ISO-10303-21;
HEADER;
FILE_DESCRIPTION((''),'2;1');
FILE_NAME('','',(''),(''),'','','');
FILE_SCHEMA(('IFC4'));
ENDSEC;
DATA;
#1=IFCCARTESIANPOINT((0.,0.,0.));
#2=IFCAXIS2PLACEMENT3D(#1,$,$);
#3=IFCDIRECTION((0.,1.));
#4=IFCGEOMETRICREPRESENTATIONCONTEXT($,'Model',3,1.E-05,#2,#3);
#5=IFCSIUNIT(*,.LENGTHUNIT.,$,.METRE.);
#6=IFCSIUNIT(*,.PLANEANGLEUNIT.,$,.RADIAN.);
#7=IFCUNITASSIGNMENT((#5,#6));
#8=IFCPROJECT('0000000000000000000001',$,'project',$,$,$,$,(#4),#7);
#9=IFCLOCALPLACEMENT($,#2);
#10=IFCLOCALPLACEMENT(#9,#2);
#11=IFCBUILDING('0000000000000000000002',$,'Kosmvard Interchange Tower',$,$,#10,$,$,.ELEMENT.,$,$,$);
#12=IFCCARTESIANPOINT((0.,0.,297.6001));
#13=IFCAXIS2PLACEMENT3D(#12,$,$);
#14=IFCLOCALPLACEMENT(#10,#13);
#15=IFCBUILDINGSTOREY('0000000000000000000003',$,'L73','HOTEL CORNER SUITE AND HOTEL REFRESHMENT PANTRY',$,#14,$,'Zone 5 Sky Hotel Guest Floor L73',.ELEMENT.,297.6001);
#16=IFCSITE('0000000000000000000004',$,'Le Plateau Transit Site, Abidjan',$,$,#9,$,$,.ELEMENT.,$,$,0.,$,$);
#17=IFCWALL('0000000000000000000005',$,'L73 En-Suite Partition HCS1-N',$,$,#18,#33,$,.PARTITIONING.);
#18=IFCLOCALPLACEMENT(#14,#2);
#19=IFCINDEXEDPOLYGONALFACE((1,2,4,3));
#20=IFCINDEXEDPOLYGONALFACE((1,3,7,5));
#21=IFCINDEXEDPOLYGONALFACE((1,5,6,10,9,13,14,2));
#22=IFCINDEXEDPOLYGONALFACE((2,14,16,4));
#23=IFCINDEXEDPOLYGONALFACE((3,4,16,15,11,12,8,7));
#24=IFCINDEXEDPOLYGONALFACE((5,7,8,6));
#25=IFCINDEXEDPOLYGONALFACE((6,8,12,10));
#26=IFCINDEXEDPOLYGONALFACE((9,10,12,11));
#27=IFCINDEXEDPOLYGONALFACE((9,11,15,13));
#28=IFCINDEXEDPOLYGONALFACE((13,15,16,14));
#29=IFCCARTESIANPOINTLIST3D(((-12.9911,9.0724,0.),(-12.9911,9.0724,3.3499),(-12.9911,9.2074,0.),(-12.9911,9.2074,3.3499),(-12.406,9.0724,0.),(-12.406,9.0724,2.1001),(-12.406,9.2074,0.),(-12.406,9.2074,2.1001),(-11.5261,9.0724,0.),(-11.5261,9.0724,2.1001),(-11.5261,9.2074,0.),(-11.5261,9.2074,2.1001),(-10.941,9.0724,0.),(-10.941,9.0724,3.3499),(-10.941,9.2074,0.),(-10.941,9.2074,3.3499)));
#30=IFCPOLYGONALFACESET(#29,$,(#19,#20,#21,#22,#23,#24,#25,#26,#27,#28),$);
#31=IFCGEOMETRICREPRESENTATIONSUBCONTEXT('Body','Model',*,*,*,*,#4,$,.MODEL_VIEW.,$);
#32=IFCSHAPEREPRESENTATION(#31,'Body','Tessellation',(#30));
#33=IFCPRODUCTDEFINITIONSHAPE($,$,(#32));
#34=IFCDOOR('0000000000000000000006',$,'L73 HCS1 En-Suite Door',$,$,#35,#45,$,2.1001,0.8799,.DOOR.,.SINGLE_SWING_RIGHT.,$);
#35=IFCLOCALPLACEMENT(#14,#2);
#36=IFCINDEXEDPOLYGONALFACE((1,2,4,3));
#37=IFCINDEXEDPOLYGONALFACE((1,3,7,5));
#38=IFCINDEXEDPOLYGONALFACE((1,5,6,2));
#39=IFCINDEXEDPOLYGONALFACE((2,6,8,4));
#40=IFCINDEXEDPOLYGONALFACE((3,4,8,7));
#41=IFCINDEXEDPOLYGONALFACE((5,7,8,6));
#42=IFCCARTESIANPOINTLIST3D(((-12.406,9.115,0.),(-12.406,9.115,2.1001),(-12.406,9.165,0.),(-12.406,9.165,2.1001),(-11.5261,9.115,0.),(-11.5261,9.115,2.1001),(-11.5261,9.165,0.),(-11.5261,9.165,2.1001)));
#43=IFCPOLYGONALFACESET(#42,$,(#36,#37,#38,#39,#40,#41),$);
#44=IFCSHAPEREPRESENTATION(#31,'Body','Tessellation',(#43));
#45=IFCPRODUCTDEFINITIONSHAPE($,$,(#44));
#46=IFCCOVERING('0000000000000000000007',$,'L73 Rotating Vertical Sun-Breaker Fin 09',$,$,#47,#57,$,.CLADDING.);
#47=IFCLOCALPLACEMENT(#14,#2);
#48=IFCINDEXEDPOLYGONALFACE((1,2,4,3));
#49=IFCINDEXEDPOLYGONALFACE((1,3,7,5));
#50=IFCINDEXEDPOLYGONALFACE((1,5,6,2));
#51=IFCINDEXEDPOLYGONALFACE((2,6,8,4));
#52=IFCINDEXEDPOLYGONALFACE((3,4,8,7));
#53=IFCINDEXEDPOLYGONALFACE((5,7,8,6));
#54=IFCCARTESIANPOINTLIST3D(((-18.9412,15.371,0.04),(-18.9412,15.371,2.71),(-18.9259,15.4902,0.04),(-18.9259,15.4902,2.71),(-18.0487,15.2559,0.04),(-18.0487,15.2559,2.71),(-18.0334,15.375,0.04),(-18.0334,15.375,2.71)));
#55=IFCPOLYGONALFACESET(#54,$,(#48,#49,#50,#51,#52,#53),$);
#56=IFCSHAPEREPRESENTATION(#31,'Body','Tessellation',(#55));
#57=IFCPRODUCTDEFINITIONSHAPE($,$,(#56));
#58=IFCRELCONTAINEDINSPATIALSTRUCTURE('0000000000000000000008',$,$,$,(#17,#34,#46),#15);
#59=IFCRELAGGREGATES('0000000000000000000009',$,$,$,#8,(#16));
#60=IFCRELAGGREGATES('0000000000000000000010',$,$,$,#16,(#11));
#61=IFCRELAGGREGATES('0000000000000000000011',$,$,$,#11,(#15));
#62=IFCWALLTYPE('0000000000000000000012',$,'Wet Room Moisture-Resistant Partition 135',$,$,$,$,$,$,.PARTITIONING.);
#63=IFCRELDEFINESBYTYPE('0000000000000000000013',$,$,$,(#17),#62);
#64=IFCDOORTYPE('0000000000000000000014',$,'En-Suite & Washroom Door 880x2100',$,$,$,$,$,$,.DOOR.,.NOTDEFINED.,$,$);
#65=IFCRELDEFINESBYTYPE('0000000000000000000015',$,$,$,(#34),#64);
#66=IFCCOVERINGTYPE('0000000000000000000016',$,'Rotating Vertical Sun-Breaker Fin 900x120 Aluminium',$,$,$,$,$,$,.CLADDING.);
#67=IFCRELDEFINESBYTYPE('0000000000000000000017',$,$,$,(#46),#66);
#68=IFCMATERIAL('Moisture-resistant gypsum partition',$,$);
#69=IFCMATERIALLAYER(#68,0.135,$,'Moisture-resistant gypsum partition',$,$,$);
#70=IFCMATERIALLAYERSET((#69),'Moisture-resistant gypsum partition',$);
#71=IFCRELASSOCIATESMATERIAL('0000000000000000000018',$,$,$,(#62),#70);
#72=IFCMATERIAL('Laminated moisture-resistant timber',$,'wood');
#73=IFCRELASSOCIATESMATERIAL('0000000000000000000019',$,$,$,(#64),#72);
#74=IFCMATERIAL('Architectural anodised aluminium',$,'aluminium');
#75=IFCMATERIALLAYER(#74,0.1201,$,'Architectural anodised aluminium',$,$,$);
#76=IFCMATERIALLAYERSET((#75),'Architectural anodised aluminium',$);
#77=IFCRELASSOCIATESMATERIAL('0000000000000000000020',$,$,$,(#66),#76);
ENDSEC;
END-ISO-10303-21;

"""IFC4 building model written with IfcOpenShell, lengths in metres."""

from ifc_helpers import new_model, si_unit, direction, frame, frame_2d, origin, origin_2d, place, context, subcontext, project, spatial, rectangle, extrude, source, transform, mapped, material, layer, layer_set, type_object, element, fill, save


model = new_model("IFC4")

# Units and contexts
model_context = context("Model", 3, precision=1e-05, world=origin(), true_north=direction((0.0, 1.0)))
body_context = subcontext(model_context, "Body", "Model", "MODEL_VIEW")
ifc_project = project(units=[si_unit("LENGTHUNIT", "METRE"), si_unit("PLANEANGLEUNIT", "RADIAN")], contexts=[model_context])

# Site, building, storey
site_placement = place(None, origin())
site = spatial("IfcSite", under=ifc_project, at=site_placement, Name="Le Plateau Transit Site, Abidjan", CompositionType="ELEMENT", RefElevation=0.0)
building_placement = place(site_placement, origin())
building = spatial("IfcBuilding", under=site, at=building_placement, Name="Kosmvard Interchange Tower", CompositionType="ELEMENT")
storey_placement = place(building_placement, frame((0.0, 0.0, 297.6001)))
storey = spatial("IfcBuildingStorey", under=building, at=storey_placement, Name="L73", Description="HOTEL CORNER SUITE AND HOTEL REFRESHMENT PANTRY", LongName="Zone 5 Sky Hotel Guest Floor L73", CompositionType="ELEMENT", Elevation=297.6001)

# Wall, opening, door
ifc_material_1 = material(Name="Moisture-resistant gypsum partition")
ifc_layer_1 = layer(ifc_material_1, 0.135, Name="Moisture-resistant gypsum partition")
ifc_layer_set_1 = layer_set([ifc_layer_1], Name="Moisture-resistant gypsum partition")
wall_type_1 = type_object("IfcWallType", Name="Wet Room Moisture-Resistant Partition 135", PredefinedType="PARTITIONING", material=ifc_layer_set_1)
wall_1_placement = place(storey_placement, frame((-12.991, 9.1399, 0.0), z_axis=(0.0, 0.0, 1.0), x_axis=(1.0, 0.0, 0.0)))
wall_1 = element("IfcWall", 1, at=wall_1_placement, inside=storey, type_object=wall_type_1, Name="L73 En-Suite Partition HCS1-N", PredefinedType="PARTITIONING", context=body_context, shape_type="SweptSolid", body=[
    extrude(rectangle(XDim=2.05, YDim=0.135, at=frame_2d((1.0249, 0.0))), origin(), (0.0, 0.0, 1.0), 3.3499),
])
opening_1_placement = place(wall_1_placement, frame((0.585, 0.0, 0.0)))
opening_1 = element("IfcOpeningElement", 2, at=opening_1_placement, cuts=wall_1, PredefinedType="OPENING", context=body_context, shape_type="SweptSolid", body=[
    extrude(rectangle(XDim=0.8799, YDim=2.1001, at=frame_2d((0.4399, 1.05))), frame((0.0, 0.0776, 0.0), z_axis=(0.0, -1.0, 0.0), x_axis=(1.0, 0.0, 0.0)), (0.0, 0.0, 1.0), 0.155),
])
ifc_material_2 = material(Name="Laminated moisture-resistant timber", Category="wood")
door_type_1 = type_object("IfcDoorType", Name="En-Suite & Washroom Door 880x2100", OperationType="NOTDEFINED", PredefinedType="DOOR", material=ifc_material_2)
shared_shape_1 = source(origin(), body_context, "Body", "SweptSolid", [
    extrude(rectangle(XDim=0.8799, YDim=2.1001, at=frame_2d((0.4399, 1.05))), frame((0.0, 0.0249, 0.0), z_axis=(0.0, -1.0, 0.0), x_axis=(1.0, 0.0, 0.0)), (0.0, 0.0, 1.0), 0.05),
])
door_1_placement = place(opening_1_placement, frame((0.8799, 0.0, 0.0), z_axis=(0.0, 0.0, 1.0), x_axis=(-1.0, 0.0, 0.0)))
door_1 = element("IfcDoor", 3, at=door_1_placement, inside=storey, type_object=door_type_1, Name="L73 HCS1 En-Suite Door", OperationType="SINGLE_SWING_RIGHT", OverallHeight=2.1001, OverallWidth=0.8799, PredefinedType="DOOR", context=body_context, shape_type="MappedRepresentation", body=[
    mapped(shared_shape_1, transform((0.0, 0.0, 0.0), scale=1.0)),
])
fill(opening_1, door_1)

# Covering
ifc_material_3 = material(Name="Architectural anodised aluminium", Category="aluminium")
ifc_layer_2 = layer(ifc_material_3, 0.1201, Name="Architectural anodised aluminium")
ifc_layer_set_2 = layer_set([ifc_layer_2], Name="Architectural anodised aluminium")
covering_type = type_object("IfcCoveringType", Name="Rotating Vertical Sun-Breaker Fin 900x120 Aluminium", PredefinedType="CLADDING", material=ifc_layer_set_2)
shared_shape_2 = source(origin(), body_context, "Body", "SweptSolid", [
    extrude(rectangle(XDim=0.8999, YDim=0.1201, at=origin_2d()), origin(), (0.0, 0.0, 1.0), 2.6699),
])
covering_placement = place(storey_placement, frame((-18.4873, 15.373, 0.04), z_axis=(0.0, 0.0, 1.0), x_axis=(-0.991783, 0.12793, 0.0)))
element("IfcCovering", 4, at=covering_placement, inside=storey, type_object=covering_type, Name="L73 Rotating Vertical Sun-Breaker Fin 09", PredefinedType="CLADDING", context=body_context, shape_type="MappedRepresentation", body=[
    mapped(shared_shape_2, transform((0.0, 0.0, 0.0), scale=1.0)),
])

save(model, "model.ifc")
